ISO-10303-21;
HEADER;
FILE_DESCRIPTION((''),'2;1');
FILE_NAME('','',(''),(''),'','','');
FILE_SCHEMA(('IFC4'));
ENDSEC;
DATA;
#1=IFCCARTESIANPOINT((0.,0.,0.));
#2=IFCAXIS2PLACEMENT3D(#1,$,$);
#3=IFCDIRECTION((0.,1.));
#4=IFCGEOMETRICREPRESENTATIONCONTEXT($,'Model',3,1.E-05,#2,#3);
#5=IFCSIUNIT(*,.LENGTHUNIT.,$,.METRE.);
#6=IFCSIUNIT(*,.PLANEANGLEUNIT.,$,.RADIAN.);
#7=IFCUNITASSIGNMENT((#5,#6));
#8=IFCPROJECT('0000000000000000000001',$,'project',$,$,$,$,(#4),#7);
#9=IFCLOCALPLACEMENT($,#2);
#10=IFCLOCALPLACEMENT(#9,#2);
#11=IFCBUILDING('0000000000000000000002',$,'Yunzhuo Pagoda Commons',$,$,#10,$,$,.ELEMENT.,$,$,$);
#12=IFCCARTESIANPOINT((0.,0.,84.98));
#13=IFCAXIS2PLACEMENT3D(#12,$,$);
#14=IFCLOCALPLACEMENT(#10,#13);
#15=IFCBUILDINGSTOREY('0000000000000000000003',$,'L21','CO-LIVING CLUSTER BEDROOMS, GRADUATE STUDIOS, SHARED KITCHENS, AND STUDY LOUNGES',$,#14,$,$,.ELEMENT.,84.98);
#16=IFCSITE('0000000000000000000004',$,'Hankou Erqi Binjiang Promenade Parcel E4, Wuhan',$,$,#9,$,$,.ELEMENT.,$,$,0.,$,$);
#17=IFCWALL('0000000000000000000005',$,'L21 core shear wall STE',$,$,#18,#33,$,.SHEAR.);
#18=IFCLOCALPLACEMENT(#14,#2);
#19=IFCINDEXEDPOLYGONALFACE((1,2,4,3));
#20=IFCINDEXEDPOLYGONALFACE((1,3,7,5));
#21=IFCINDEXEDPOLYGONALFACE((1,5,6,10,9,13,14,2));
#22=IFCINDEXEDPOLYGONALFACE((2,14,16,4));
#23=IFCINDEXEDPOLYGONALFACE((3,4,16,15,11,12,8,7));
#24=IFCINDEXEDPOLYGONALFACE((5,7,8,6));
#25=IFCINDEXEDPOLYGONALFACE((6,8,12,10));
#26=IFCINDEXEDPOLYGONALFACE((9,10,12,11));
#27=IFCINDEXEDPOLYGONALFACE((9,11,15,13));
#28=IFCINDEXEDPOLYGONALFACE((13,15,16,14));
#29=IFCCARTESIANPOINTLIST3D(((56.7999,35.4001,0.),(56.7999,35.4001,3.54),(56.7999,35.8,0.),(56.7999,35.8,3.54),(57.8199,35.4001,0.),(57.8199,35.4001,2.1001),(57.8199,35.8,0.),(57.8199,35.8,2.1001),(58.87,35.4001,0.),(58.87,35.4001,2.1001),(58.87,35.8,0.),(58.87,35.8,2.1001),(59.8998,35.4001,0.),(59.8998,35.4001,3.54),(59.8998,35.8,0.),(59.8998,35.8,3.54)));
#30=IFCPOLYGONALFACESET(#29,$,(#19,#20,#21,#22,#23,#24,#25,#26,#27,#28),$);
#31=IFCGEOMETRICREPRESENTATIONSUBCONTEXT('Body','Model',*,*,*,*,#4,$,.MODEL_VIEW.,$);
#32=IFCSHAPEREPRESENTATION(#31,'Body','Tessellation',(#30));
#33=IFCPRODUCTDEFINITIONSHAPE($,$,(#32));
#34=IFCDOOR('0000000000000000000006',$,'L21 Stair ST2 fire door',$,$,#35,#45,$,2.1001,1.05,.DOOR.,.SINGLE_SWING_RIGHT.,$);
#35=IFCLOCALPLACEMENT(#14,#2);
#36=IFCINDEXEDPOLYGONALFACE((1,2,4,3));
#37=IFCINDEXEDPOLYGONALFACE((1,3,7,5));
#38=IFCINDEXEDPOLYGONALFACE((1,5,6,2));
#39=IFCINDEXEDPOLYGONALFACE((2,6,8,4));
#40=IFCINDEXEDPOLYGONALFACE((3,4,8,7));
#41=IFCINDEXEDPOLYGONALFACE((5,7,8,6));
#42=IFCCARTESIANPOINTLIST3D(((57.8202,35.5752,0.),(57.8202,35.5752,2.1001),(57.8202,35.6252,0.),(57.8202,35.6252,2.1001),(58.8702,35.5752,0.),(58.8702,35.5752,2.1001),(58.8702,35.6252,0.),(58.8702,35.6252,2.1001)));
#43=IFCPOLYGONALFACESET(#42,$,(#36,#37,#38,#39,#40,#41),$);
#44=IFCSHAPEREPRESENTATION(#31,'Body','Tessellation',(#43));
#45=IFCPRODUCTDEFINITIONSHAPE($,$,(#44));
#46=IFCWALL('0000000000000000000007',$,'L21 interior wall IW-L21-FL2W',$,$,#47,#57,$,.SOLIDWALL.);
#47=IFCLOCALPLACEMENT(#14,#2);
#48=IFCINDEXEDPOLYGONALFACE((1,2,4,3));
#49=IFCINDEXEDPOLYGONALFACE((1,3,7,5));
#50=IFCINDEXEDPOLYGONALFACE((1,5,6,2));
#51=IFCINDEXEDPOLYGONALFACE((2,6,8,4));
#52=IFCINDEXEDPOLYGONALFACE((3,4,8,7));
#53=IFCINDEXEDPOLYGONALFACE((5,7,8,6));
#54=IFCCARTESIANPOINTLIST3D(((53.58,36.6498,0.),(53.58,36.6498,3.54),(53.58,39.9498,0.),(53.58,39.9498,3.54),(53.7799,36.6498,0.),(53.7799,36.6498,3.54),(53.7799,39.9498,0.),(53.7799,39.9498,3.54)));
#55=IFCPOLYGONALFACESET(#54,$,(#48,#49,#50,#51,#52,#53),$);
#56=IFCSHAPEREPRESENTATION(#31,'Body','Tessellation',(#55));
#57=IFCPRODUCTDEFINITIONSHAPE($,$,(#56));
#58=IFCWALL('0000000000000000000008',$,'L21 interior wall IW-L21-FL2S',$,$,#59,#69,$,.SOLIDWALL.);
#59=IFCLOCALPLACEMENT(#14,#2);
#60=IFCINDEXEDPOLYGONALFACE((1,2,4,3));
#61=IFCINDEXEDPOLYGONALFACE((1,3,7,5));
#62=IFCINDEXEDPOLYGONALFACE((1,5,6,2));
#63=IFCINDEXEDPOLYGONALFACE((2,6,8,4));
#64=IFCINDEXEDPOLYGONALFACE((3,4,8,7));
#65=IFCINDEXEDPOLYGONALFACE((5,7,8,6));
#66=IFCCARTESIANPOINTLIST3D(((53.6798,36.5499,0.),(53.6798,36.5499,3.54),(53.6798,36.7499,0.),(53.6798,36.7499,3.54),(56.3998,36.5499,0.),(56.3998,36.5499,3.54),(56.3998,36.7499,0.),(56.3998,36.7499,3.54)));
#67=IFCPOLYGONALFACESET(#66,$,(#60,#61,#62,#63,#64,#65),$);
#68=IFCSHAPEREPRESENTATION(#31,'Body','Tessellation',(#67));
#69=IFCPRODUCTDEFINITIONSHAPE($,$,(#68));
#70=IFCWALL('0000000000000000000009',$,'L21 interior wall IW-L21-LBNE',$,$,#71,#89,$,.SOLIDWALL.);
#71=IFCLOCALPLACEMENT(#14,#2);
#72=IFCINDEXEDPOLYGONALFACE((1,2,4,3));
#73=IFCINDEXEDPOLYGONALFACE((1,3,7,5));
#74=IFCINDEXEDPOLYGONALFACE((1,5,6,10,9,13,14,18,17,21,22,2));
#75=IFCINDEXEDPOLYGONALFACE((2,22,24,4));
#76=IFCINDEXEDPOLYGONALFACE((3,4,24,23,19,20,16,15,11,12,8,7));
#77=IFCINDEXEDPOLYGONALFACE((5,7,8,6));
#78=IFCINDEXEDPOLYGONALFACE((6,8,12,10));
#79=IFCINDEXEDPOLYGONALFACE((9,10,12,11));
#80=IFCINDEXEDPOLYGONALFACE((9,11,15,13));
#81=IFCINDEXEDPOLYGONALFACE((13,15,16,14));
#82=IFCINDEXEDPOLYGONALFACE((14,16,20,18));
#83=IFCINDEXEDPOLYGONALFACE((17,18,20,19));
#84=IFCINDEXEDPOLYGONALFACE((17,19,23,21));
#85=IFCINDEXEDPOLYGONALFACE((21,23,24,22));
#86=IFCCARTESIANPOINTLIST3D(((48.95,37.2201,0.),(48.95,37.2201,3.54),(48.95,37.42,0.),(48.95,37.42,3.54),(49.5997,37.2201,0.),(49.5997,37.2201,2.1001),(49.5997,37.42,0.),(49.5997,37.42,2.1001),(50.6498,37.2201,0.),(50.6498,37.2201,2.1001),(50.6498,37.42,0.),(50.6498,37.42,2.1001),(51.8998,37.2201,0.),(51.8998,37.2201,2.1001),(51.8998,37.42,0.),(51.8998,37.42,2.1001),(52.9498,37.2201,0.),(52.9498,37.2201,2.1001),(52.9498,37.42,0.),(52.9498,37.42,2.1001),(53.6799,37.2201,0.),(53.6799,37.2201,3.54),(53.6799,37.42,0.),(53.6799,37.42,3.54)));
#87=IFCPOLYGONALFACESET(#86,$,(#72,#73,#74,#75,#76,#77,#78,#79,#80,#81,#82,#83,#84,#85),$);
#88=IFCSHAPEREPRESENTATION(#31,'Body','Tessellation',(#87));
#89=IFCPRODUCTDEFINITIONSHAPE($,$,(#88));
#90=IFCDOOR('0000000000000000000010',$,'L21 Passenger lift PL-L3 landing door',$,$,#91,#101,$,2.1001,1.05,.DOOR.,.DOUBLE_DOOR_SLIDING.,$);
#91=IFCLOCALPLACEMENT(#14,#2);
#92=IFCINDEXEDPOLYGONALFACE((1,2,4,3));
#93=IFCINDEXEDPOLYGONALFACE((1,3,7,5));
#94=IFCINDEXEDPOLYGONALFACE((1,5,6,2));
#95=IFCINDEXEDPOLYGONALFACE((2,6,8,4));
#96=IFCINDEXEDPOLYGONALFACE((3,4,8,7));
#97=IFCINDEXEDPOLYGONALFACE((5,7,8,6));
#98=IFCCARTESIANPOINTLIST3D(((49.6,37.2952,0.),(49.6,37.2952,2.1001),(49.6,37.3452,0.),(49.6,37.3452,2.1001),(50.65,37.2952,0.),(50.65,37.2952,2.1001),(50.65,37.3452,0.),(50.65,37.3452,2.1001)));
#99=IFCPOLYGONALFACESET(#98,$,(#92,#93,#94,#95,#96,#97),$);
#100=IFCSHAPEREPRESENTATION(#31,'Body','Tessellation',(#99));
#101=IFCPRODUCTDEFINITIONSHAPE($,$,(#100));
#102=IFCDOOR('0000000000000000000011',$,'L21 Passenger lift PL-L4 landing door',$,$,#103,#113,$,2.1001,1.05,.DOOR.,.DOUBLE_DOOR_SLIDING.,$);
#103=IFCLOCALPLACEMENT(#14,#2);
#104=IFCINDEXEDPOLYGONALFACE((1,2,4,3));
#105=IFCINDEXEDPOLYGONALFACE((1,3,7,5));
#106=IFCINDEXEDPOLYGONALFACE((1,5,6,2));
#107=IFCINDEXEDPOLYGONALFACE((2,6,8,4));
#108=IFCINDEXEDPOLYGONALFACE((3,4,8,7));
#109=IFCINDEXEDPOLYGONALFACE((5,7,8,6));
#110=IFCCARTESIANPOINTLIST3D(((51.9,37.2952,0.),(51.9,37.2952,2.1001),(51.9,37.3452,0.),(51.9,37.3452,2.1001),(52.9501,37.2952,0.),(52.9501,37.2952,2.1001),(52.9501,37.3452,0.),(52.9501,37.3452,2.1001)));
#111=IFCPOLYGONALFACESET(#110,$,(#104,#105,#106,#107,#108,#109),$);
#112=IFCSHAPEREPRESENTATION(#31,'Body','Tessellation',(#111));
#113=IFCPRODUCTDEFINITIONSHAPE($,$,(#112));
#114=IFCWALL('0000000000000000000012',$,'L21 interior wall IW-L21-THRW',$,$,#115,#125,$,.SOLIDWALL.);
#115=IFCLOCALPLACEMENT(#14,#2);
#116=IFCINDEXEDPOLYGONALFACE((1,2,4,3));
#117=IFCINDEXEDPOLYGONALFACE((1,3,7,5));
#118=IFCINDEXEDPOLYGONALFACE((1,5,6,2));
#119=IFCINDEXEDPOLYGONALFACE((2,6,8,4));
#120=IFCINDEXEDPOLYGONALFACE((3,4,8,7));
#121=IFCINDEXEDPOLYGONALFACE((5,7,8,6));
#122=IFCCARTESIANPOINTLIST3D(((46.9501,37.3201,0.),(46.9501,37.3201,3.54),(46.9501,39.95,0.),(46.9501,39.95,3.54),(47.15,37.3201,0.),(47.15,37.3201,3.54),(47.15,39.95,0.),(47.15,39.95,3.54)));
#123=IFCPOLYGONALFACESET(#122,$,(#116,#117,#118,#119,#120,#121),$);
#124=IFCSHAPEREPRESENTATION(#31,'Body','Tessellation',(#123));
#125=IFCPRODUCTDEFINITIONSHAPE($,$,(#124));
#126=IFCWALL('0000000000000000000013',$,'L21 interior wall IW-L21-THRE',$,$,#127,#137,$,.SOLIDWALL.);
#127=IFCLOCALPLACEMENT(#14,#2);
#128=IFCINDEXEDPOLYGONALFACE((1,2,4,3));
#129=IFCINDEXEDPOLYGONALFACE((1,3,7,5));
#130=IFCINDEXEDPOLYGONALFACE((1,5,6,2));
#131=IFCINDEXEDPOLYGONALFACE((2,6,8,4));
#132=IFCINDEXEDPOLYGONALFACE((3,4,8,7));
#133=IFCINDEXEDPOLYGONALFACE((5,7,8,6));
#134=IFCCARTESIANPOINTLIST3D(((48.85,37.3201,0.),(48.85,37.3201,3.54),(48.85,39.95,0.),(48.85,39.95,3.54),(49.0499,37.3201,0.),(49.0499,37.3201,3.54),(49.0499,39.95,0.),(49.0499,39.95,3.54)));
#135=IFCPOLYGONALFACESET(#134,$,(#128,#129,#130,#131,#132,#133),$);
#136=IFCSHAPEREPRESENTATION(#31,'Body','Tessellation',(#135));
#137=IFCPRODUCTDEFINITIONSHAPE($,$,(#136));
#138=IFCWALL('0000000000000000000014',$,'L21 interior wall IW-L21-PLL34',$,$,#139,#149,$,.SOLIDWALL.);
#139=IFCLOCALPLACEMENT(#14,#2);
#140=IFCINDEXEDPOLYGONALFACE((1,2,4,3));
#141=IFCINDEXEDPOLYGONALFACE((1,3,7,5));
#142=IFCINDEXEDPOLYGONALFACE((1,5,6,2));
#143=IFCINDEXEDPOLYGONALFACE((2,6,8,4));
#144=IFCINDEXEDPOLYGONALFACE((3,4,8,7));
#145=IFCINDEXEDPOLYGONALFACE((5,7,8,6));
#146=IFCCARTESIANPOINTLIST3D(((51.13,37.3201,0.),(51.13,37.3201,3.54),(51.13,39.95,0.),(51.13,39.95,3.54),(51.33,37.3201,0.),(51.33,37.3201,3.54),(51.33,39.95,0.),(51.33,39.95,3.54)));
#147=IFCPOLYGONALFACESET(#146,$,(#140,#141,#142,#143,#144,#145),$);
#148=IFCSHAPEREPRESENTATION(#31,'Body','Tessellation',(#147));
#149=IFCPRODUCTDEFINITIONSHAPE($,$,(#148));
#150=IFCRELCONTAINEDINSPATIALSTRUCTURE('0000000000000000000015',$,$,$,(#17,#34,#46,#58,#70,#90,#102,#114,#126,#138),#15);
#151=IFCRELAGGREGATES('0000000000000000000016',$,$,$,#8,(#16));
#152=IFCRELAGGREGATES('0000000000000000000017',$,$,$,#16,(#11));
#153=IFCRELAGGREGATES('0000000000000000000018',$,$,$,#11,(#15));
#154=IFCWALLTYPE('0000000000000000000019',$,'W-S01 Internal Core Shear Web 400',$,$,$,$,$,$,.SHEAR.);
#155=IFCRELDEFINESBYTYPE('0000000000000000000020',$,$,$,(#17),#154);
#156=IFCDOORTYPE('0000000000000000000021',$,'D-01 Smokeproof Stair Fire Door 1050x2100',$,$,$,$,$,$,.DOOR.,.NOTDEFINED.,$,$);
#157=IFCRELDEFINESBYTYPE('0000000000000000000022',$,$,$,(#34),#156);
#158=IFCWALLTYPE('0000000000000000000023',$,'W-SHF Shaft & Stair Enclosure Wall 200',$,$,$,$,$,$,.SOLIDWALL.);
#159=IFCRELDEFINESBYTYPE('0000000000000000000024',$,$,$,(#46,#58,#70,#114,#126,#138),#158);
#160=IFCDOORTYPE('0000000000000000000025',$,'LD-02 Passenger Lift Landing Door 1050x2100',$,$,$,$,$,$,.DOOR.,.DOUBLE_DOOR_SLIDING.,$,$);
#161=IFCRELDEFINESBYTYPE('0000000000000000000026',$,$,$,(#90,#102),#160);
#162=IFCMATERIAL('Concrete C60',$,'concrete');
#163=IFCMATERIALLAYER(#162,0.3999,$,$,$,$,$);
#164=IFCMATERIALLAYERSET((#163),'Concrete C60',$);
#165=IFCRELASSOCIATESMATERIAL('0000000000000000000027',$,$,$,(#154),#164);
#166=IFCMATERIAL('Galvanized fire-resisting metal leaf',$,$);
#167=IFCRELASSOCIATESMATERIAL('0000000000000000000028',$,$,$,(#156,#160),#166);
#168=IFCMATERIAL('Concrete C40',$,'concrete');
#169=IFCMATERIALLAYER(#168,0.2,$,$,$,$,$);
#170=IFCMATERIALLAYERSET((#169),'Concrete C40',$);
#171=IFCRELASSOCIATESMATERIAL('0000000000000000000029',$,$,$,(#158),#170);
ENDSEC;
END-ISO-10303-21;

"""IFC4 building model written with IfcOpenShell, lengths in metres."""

from ifc_helpers import new_model, si_unit, direction, frame, frame_2d, origin, place, context, subcontext, project, spatial, rectangle, extrude, source, transform, mapped, material, layer, layer_set, type_object, element, fill, save


model = new_model("IFC4")

# Units and contexts
model_context = context("Model", 3, precision=1e-05, world=origin(), true_north=direction((0.0, 1.0)))
body_context = subcontext(model_context, "Body", "Model", "MODEL_VIEW")
ifc_project = project(units=[si_unit("LENGTHUNIT", "METRE"), si_unit("PLANEANGLEUNIT", "RADIAN")], contexts=[model_context])

# Site, building, storey
site_placement = place(None, origin())
site = spatial("IfcSite", under=ifc_project, at=site_placement, Name="Hankou Erqi Binjiang Promenade Parcel E4, Wuhan", CompositionType="ELEMENT", RefElevation=0.0)
building_placement = place(site_placement, origin())
building = spatial("IfcBuilding", under=site, at=building_placement, Name="Yunzhuo Pagoda Commons", CompositionType="ELEMENT")
storey_placement = place(building_placement, frame((0.0, 0.0, 84.98)))
storey = spatial("IfcBuildingStorey", under=building, at=storey_placement, Name="L21", Description="CO-LIVING CLUSTER BEDROOMS, GRADUATE STUDIOS, SHARED KITCHENS, AND STUDY LOUNGES", CompositionType="ELEMENT", Elevation=84.98)

# Shared definitions
ifc_material_1 = material(Name="Concrete C60", Category="concrete")
ifc_material_2 = material(Name="Galvanized fire-resisting metal leaf")
shared_shape_1 = source(origin(), body_context, "Body", "SweptSolid", [
    extrude(rectangle(XDim=1.05, YDim=2.1001, at=frame_2d((0.5249, 1.05))), frame((0.0, 0.0249, 0.0), z_axis=(0.0, -1.0, 0.0), x_axis=(1.0, 0.0, 0.0)), (0.0, 0.0, 1.0), 0.05),
])

# Wall, opening, door
ifc_layer_1 = layer(ifc_material_1, 0.3999)
ifc_layer_set_1 = layer_set([ifc_layer_1], Name="Concrete C60")
wall_type_1 = type_object("IfcWallType", Name="W-S01 Internal Core Shear Web 400", PredefinedType="SHEAR", material=ifc_layer_set_1)
wall_1_placement = place(storey_placement, frame((56.8, 35.6001, 0.0), z_axis=(0.0, 0.0, 1.0), x_axis=(1.0, 0.0, 0.0)))
wall_1 = element("IfcWall", 1, at=wall_1_placement, inside=storey, type_object=wall_type_1, Name="L21 core shear wall STE", PredefinedType="SHEAR", context=body_context, shape_type="SweptSolid", body=[
    extrude(rectangle(XDim=3.0999, YDim=0.3999, at=frame_2d((1.5498, 0.0))), origin(), (0.0, 0.0, 1.0), 3.54),
])
opening_1_placement = place(wall_1_placement, frame((1.02, 0.0, 0.0)))
opening_1 = element("IfcOpeningElement", 2, at=opening_1_placement, cuts=wall_1, PredefinedType="OPENING", context=body_context, shape_type="SweptSolid", body=[
    extrude(rectangle(XDim=1.05, YDim=2.1001, at=frame_2d((0.5249, 1.05))), frame((0.0, 0.21, 0.0), z_axis=(0.0, -1.0, 0.0), x_axis=(1.0, 0.0, 0.0)), (0.0, 0.0, 1.0), 0.4199),
])
door_type_1 = type_object("IfcDoorType", Name="D-01 Smokeproof Stair Fire Door 1050x2100", OperationType="NOTDEFINED", PredefinedType="DOOR", material=ifc_material_2)
door_1_placement = place(opening_1_placement, frame((1.05, 0.0, 0.0), z_axis=(0.0, 0.0, 1.0), x_axis=(-1.0, 0.0, 0.0)))
door_1 = element("IfcDoor", 3, at=door_1_placement, inside=storey, type_object=door_type_1, Name="L21 Stair ST2 fire door", OperationType="SINGLE_SWING_RIGHT", OverallHeight=2.1001, OverallWidth=1.05, PredefinedType="DOOR", context=body_context, shape_type="MappedRepresentation", body=[
    mapped(shared_shape_1, transform((0.0, 0.0, 0.0), scale=1.0)),
])
fill(opening_1, door_1)

# Walls
ifc_material_3 = material(Name="Concrete C40", Category="concrete")
ifc_layer_2 = layer(ifc_material_3, 0.2)
ifc_layer_set_2 = layer_set([ifc_layer_2], Name="Concrete C40")
wall_type_2 = type_object("IfcWallType", Name="W-SHF Shaft & Stair Enclosure Wall 200", PredefinedType="SOLIDWALL", material=ifc_layer_set_2)
wall_2_placement = place(storey_placement, frame((53.6799, 36.6499, 0.0), z_axis=(0.0, 0.0, 1.0), x_axis=(0.0, 1.0, 0.0)))
element("IfcWall", 4, at=wall_2_placement, inside=storey, type_object=wall_type_2, Name="L21 interior wall IW-L21-FL2W", PredefinedType="SOLIDWALL", context=body_context, shape_type="SweptSolid", body=[
    extrude(rectangle(XDim=3.3, YDim=0.2, at=frame_2d((1.6499, 0.0))), origin(), (0.0, 0.0, 1.0), 3.54),
])
wall_3_placement = place(storey_placement, frame((53.6799, 36.6499, 0.0), z_axis=(0.0, 0.0, 1.0), x_axis=(1.0, 0.0, 0.0)))
element("IfcWall", 5, at=wall_3_placement, inside=storey, type_object=wall_type_2, Name="L21 interior wall IW-L21-FL2S", PredefinedType="SOLIDWALL", context=body_context, shape_type="SweptSolid", body=[
    extrude(rectangle(XDim=2.72, YDim=0.2, at=frame_2d((1.3599, 0.0))), origin(), (0.0, 0.0, 1.0), 3.54),
])

# Wall, openings, doors
wall_4_placement = place(storey_placement, frame((48.95, 37.3201, 0.0), z_axis=(0.0, 0.0, 1.0), x_axis=(1.0, 0.0, 0.0)))
wall_4 = element("IfcWall", 6, at=wall_4_placement, inside=storey, type_object=wall_type_2, Name="L21 interior wall IW-L21-LBNE", PredefinedType="SOLIDWALL", context=body_context, shape_type="SweptSolid", body=[
    extrude(rectangle(XDim=4.73, YDim=0.2, at=frame_2d((2.365, 0.0))), origin(), (0.0, 0.0, 1.0), 3.54),
])
opening_2_placement = place(wall_4_placement, frame((0.6499, 0.0, 0.0)))
opening_2 = element("IfcOpeningElement", 7, at=opening_2_placement, cuts=wall_4, PredefinedType="OPENING", context=body_context, shape_type="SweptSolid", body=[
    extrude(rectangle(XDim=1.05, YDim=2.1001, at=frame_2d((0.5249, 1.05))), frame((0.0, 0.1099, 0.0), z_axis=(0.0, -1.0, 0.0), x_axis=(1.0, 0.0, 0.0)), (0.0, 0.0, 1.0), 0.22),
])
opening_3_placement = place(wall_4_placement, frame((2.95, 0.0, 0.0)))
opening_3 = element("IfcOpeningElement", 8, at=opening_3_placement, cuts=wall_4, PredefinedType="OPENING", context=body_context, shape_type="SweptSolid", body=[
    extrude(rectangle(XDim=1.05, YDim=2.1001, at=frame_2d((0.5249, 1.05))), frame((0.0, 0.1099, 0.0), z_axis=(0.0, -1.0, 0.0), x_axis=(1.0, 0.0, 0.0)), (0.0, 0.0, 1.0), 0.22),
])
door_type_2 = type_object("IfcDoorType", Name="LD-02 Passenger Lift Landing Door 1050x2100", OperationType="DOUBLE_DOOR_SLIDING", PredefinedType="DOOR", material=ifc_material_2)
door_2_placement = place(opening_2_placement, frame((1.05, 0.0, 0.0), z_axis=(0.0, 0.0, 1.0), x_axis=(-1.0, 0.0, 0.0)))
door_2 = element("IfcDoor", 9, at=door_2_placement, inside=storey, type_object=door_type_2, Name="L21 Passenger lift PL-L3 landing door", OperationType="DOUBLE_DOOR_SLIDING", OverallHeight=2.1001, OverallWidth=1.05, PredefinedType="DOOR", context=body_context, shape_type="MappedRepresentation", body=[
    mapped(shared_shape_1, transform((0.0, 0.0, 0.0), scale=1.0)),
])
fill(opening_2, door_2)
door_3_placement = place(opening_3_placement, frame((1.05, 0.0, 0.0), z_axis=(0.0, 0.0, 1.0), x_axis=(-1.0, 0.0, 0.0)))
door_3 = element("IfcDoor", 10, at=door_3_placement, inside=storey, type_object=door_type_2, Name="L21 Passenger lift PL-L4 landing door", OperationType="DOUBLE_DOOR_SLIDING", OverallHeight=2.1001, OverallWidth=1.05, PredefinedType="DOOR", context=body_context, shape_type="MappedRepresentation", body=[
    mapped(shared_shape_1, transform((0.0, 0.0, 0.0), scale=1.0)),
])
fill(opening_3, door_3)

# Walls
for number, where, z_axis, x_axis, name in (
    (11, (47.05, 37.3201, 0.0), (0.0, 0.0, 1.0), (0.0, 1.0, 0.0), "L21 interior wall IW-L21-THRW"),
    (12, (48.95, 37.3201, 0.0), (0.0, 0.0, 1.0), (0.0, 1.0, 0.0), "L21 interior wall IW-L21-THRE"),
    (13, (51.23, 37.3201, 0.0), (0.0, 0.0, 1.0), (0.0, 1.0, 0.0), "L21 interior wall IW-L21-PLL34"),
):
    element("IfcWall", number, at=place(storey_placement, frame(where, z_axis=z_axis, x_axis=x_axis)), inside=storey, type_object=wall_type_2, Name=name, PredefinedType="SOLIDWALL", context=body_context, shape_type="SweptSolid", body=[
        extrude(rectangle(XDim=2.6299, YDim=0.2, at=frame_2d((1.3149, 0.0))), origin(), (0.0, 0.0, 1.0), 3.54),
    ])

save(model, "model.ifc")
